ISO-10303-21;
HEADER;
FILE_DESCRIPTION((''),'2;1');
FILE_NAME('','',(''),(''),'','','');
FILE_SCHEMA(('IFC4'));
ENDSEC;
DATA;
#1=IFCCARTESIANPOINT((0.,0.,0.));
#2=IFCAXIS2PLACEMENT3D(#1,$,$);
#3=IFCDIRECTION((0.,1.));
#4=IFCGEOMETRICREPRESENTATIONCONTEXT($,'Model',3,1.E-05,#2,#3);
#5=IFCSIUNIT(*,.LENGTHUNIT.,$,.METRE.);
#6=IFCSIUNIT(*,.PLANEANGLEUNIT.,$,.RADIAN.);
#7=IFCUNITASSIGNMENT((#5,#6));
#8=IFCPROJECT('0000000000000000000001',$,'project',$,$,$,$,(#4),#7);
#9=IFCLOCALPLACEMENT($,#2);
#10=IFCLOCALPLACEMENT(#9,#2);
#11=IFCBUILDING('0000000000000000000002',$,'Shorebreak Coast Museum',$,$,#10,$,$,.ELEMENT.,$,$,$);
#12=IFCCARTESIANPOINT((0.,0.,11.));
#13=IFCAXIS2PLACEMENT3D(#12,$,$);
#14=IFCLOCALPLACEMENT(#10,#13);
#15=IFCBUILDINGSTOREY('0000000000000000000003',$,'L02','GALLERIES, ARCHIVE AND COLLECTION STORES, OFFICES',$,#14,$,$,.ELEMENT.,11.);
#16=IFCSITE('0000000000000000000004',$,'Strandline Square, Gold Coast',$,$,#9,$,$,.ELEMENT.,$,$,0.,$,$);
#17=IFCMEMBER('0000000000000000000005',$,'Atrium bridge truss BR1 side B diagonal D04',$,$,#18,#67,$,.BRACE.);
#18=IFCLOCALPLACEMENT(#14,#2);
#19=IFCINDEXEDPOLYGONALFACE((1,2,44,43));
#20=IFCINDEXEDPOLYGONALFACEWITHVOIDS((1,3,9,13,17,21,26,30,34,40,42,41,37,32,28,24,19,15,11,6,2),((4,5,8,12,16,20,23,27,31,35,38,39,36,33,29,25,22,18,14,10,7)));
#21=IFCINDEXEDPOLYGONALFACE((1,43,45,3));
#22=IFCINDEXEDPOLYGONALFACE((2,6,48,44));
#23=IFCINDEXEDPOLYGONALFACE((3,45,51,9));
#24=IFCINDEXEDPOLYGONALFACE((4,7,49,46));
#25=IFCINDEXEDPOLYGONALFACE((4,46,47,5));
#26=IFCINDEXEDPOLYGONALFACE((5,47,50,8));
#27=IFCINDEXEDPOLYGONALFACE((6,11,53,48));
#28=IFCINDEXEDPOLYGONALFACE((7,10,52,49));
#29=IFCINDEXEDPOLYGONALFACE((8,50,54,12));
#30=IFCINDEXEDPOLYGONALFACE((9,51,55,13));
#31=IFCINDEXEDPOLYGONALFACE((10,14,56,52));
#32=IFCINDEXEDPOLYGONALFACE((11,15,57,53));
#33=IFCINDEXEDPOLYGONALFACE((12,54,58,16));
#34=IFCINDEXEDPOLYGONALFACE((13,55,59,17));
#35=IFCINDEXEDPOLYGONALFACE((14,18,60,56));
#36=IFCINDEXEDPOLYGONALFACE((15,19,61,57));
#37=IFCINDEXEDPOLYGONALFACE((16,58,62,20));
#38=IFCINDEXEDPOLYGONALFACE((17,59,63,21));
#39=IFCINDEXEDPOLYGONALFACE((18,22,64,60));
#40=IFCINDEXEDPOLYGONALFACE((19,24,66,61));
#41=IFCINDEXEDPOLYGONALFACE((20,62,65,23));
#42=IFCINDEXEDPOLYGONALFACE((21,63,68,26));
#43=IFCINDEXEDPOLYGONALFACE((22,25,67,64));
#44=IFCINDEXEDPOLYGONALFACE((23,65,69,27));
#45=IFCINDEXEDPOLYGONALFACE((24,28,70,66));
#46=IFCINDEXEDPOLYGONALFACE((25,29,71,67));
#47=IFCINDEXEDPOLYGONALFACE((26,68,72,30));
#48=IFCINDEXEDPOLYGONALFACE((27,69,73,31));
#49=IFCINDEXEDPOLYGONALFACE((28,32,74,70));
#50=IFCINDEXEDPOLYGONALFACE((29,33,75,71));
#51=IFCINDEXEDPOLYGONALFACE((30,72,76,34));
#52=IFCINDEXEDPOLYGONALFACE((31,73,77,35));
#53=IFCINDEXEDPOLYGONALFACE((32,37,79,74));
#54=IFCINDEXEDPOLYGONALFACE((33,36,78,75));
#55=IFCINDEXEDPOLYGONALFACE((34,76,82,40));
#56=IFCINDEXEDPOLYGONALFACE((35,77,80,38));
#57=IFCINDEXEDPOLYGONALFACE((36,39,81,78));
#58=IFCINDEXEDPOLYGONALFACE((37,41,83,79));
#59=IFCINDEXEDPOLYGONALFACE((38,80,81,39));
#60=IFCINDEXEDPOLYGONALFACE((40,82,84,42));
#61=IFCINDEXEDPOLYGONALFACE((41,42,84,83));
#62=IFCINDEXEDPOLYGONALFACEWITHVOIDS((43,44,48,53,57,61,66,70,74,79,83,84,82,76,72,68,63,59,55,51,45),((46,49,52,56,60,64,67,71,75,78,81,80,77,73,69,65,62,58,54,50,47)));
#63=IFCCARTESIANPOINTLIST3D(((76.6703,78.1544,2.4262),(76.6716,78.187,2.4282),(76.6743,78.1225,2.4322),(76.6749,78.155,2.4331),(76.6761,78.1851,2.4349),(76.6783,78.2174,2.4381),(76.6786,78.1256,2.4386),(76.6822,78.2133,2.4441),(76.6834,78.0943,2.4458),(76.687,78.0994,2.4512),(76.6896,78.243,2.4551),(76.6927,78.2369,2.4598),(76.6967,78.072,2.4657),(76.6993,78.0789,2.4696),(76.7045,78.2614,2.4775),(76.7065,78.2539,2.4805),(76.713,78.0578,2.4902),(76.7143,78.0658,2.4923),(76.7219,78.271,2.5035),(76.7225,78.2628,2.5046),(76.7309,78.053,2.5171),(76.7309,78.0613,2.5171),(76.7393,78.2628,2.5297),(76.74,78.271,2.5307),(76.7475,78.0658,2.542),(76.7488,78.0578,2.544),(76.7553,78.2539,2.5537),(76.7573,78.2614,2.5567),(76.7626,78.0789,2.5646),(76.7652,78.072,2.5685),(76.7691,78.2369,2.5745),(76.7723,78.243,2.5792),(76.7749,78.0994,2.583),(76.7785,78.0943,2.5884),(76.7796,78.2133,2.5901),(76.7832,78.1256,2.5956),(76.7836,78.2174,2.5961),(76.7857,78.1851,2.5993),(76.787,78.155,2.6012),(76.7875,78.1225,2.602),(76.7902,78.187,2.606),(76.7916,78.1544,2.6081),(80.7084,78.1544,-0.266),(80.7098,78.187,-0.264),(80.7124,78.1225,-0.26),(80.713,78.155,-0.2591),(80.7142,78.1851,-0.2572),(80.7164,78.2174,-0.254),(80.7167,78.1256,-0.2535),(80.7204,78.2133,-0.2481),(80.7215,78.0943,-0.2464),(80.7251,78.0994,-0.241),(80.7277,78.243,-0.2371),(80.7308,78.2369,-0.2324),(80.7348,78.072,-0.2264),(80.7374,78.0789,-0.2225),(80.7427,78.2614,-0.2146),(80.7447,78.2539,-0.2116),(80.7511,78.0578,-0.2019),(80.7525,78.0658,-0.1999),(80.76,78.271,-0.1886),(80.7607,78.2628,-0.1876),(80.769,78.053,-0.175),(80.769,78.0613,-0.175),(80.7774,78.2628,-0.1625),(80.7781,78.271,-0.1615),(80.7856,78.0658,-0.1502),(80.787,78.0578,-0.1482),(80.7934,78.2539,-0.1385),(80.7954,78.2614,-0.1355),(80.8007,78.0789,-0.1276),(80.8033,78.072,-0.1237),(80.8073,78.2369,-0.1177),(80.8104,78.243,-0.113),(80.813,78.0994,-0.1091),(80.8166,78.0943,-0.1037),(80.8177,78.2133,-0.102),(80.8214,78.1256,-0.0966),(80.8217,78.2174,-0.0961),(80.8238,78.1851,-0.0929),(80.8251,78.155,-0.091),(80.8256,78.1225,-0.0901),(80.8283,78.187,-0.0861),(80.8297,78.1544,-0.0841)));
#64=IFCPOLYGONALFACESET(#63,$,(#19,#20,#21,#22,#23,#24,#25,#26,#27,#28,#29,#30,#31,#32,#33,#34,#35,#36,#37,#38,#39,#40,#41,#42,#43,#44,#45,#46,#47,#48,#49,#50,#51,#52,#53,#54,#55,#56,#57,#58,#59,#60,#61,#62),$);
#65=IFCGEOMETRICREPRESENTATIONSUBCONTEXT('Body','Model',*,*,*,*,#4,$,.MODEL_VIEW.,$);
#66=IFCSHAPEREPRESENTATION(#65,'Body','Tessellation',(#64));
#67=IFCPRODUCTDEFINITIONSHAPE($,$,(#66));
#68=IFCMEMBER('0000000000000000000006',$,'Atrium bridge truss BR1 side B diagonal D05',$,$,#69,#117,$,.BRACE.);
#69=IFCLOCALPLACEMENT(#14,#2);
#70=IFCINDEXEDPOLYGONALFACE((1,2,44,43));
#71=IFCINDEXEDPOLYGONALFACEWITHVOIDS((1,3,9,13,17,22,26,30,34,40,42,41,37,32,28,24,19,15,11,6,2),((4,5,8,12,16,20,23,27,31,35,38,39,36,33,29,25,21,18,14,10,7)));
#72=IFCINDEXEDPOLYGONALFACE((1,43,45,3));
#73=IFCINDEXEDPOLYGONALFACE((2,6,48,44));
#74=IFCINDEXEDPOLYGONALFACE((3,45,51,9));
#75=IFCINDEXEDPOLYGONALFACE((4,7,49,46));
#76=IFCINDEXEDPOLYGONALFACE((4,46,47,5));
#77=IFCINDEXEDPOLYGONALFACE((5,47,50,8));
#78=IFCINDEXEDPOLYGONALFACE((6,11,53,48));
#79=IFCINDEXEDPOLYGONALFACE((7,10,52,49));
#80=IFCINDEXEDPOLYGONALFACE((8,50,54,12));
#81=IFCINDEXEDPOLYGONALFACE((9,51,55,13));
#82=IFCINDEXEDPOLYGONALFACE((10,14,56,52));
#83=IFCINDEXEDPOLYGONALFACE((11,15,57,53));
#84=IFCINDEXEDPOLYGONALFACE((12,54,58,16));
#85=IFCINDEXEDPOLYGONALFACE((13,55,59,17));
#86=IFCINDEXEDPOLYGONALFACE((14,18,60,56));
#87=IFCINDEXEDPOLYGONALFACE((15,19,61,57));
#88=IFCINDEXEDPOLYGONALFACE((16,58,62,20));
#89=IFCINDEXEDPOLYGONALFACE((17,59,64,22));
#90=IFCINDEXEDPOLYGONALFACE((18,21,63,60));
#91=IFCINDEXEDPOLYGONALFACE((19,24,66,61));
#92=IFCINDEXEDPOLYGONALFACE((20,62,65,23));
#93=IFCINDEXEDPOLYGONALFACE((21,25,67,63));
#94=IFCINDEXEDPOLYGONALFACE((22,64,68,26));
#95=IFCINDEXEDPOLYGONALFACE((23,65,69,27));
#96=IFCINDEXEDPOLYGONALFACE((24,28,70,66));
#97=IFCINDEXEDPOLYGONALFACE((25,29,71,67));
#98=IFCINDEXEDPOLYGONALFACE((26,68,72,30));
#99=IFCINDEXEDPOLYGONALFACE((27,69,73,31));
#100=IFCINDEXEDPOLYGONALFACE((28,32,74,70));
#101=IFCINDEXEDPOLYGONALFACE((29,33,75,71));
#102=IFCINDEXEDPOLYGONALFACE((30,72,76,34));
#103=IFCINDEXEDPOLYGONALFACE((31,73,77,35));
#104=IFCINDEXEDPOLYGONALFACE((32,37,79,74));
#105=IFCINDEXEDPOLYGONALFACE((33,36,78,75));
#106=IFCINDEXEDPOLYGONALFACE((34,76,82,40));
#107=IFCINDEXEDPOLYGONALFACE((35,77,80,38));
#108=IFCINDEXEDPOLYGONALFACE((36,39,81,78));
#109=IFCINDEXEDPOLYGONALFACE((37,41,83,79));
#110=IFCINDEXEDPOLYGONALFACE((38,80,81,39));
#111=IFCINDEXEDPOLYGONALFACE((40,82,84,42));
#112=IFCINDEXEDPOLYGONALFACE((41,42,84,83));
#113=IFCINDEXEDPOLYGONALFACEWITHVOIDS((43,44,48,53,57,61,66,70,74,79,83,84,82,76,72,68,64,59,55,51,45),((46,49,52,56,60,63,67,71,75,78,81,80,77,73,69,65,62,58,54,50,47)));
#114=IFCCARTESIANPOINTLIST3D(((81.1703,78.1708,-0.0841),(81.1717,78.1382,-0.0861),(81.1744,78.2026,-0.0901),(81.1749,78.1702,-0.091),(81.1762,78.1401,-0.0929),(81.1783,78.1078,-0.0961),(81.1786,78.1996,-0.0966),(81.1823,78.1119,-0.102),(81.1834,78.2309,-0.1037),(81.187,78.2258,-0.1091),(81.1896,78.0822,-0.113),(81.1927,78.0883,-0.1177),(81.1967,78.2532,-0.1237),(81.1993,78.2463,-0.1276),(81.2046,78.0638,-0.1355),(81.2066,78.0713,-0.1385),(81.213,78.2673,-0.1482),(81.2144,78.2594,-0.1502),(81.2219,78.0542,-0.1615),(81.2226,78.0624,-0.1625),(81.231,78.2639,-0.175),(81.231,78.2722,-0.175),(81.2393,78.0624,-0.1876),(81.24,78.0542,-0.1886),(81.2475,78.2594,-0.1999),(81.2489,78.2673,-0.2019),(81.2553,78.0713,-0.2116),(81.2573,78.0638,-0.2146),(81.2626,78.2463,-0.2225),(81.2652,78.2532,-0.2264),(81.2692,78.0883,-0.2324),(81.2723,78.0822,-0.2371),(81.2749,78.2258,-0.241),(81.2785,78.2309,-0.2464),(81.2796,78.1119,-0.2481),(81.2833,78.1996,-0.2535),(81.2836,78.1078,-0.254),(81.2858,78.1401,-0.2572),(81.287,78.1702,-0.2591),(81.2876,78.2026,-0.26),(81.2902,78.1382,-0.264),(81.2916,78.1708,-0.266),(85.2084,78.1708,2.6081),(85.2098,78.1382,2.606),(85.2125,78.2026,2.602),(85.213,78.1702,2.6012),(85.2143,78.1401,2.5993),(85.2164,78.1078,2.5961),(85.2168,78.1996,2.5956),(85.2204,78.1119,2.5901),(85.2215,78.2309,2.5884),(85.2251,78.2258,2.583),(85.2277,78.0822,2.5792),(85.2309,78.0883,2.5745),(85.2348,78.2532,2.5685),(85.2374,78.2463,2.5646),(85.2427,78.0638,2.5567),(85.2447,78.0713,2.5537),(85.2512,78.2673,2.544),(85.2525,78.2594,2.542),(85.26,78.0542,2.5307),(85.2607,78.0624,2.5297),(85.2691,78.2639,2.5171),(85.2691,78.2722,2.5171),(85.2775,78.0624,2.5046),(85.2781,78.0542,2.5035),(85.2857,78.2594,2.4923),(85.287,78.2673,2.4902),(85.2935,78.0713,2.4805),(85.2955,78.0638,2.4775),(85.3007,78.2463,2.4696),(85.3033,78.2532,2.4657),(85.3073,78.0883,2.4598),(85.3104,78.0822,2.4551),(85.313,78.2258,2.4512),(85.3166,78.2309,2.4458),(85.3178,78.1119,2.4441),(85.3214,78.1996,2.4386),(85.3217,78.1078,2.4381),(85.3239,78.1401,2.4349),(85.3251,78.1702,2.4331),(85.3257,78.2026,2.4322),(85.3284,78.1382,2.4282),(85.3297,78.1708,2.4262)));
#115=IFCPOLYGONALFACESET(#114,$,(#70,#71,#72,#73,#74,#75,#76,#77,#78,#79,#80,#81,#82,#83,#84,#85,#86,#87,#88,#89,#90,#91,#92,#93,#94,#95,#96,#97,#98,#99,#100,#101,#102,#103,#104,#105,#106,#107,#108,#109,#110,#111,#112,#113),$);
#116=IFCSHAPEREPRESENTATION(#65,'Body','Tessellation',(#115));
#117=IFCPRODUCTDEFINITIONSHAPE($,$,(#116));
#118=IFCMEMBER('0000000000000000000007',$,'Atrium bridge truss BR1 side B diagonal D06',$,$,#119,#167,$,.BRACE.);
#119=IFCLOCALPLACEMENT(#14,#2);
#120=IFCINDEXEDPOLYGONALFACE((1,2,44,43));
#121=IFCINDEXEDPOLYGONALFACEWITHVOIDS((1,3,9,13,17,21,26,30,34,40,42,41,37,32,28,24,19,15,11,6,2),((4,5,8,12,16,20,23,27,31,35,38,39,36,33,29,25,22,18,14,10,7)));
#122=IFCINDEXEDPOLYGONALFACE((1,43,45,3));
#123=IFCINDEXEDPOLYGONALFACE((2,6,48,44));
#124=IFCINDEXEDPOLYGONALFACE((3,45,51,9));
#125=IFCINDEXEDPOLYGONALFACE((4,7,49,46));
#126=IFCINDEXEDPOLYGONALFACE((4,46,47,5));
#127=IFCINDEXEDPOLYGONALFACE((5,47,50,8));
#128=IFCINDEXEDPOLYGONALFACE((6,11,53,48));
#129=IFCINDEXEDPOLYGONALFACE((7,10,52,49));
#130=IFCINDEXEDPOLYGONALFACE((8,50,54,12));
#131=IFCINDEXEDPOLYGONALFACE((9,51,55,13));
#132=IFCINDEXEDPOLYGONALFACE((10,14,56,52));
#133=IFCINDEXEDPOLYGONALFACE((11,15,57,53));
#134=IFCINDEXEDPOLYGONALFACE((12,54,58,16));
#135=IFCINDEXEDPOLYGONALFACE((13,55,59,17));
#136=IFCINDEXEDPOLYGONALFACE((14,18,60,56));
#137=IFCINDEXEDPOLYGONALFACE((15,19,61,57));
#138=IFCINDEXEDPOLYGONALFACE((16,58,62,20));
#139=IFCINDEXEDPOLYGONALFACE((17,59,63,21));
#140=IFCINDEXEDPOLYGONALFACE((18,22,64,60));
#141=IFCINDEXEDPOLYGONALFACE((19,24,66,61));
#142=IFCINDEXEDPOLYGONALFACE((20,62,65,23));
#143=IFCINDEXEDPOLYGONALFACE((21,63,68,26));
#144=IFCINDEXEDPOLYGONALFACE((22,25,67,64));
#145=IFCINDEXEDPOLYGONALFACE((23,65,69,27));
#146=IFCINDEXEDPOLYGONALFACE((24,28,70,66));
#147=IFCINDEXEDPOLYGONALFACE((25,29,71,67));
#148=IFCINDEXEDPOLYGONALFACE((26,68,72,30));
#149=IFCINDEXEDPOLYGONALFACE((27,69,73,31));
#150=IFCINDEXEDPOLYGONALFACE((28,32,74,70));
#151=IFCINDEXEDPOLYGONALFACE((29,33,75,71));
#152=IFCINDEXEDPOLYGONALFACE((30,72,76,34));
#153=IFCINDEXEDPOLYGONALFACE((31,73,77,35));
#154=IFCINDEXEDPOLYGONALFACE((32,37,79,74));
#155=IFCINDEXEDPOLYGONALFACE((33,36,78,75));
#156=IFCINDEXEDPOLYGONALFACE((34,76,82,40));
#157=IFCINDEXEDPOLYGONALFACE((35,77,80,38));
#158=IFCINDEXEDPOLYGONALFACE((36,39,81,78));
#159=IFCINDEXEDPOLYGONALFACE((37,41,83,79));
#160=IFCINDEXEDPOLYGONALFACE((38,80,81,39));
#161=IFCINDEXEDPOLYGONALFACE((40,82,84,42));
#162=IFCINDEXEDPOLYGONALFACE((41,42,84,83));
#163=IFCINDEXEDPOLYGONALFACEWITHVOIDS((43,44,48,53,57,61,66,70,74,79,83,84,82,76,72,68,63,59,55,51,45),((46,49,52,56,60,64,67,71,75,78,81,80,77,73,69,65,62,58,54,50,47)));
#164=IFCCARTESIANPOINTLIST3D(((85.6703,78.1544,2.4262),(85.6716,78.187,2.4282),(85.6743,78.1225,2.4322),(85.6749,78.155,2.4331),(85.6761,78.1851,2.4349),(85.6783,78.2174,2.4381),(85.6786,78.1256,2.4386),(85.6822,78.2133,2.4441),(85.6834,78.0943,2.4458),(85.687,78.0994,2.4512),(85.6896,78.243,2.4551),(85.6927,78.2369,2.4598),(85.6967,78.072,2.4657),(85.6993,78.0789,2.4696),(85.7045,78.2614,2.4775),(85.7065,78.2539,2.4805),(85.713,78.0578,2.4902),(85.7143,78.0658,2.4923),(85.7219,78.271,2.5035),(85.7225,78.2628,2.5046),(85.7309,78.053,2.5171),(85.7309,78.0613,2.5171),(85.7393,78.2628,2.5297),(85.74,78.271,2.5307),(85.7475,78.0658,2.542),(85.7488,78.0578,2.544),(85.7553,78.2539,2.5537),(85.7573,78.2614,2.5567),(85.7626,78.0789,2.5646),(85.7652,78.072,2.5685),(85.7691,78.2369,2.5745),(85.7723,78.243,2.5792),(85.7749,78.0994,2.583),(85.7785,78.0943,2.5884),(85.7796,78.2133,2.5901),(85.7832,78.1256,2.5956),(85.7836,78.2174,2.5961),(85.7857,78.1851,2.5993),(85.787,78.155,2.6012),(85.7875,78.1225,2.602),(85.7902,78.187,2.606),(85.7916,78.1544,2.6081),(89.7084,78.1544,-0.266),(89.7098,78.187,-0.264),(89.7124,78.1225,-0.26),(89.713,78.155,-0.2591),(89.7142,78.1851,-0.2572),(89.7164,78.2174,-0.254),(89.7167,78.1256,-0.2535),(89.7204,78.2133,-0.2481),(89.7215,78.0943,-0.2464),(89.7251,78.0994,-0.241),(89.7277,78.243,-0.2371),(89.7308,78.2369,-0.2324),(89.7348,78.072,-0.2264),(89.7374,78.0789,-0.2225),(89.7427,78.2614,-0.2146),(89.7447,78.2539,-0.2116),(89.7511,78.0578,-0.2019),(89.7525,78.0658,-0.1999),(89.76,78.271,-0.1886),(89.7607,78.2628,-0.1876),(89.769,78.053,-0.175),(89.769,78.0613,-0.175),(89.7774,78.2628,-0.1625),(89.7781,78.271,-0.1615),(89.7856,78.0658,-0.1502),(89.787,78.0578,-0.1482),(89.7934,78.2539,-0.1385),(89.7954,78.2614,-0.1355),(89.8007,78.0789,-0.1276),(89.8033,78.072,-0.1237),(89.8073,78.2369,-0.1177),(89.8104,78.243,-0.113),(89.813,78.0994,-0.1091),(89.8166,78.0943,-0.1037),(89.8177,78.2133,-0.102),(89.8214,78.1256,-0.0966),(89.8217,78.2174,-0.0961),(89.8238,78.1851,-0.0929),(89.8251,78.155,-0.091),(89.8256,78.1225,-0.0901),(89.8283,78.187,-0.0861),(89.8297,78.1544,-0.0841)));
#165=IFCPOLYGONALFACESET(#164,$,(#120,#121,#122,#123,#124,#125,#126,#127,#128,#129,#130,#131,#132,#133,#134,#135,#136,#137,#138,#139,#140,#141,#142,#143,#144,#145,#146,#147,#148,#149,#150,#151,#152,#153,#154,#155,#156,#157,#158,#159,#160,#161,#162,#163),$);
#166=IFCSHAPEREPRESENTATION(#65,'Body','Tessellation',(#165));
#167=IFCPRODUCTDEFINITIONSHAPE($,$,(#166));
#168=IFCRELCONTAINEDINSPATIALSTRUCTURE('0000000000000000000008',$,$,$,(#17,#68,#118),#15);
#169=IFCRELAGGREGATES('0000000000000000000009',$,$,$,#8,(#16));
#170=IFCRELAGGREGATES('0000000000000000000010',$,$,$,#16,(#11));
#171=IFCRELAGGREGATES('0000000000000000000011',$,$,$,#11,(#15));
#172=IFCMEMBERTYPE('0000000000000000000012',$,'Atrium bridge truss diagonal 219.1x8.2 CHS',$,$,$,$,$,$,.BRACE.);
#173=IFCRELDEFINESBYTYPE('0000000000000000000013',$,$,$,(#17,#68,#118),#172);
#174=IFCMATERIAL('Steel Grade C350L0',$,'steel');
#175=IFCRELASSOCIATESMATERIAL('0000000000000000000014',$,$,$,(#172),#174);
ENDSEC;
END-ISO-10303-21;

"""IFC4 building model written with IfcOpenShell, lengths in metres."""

from ifc_helpers import new_model, si_unit, direction, frame, origin, origin_2d, place, context, subcontext, project, spatial, hollow_circle, extrude, material, material_profile, profile_set, type_object, element, save


model = new_model("IFC4")

# Units and contexts
model_context = context("Model", 3, precision=1e-05, world=origin(), true_north=direction((0.0, 1.0)))
body_context = subcontext(model_context, "Body", "Model", "MODEL_VIEW")
ifc_project = project(units=[si_unit("LENGTHUNIT", "METRE"), si_unit("PLANEANGLEUNIT", "RADIAN")], contexts=[model_context])

# Site, building, storey
site_placement = place(None, origin())
site = spatial("IfcSite", under=ifc_project, at=site_placement, Name="Strandline Square, Gold Coast", CompositionType="ELEMENT", RefElevation=0.0)
building_placement = place(site_placement, origin())
building = spatial("IfcBuilding", under=site, at=building_placement, Name="Shorebreak Coast Museum", CompositionType="ELEMENT")
storey_placement = place(building_placement, frame((0.0, 0.0, 11.0)))
storey = spatial("IfcBuildingStorey", under=building, at=storey_placement, Name="L02", Description="GALLERIES, ARCHIVE AND COLLECTION STORES, OFFICES", CompositionType="ELEMENT", Elevation=11.0)

# Members
ifc_material_1 = material(Name="Steel Grade C350L0", Category="steel")
ifc_material_profile_1 = material_profile(ifc_material_1, hollow_circle(Radius=0.1096, WallThickness=0.0083, at=origin_2d()), Name="219.1x8.2 CHS")
ifc_profile_set_1 = profile_set([ifc_material_profile_1], Name="Steel Grade C350L0")
member_type_1 = type_object("IfcMemberType", Name="Atrium bridge truss diagonal 219.1x8.2 CHS", PredefinedType="BRACE", material=ifc_profile_set_1)
for number, where, z_axis, x_axis, name in (
    (1, (80.769, 78.1626, -0.175), (-0.832043, 0.0, 0.554712), (0.0, -1.0, 0.0), "Atrium bridge truss BR1 side B diagonal D04"),
    (2, (81.231, 78.1626, -0.175), (0.832043, 0.0, 0.554712), (0.0, 1.0, 0.0), "Atrium bridge truss BR1 side B diagonal D05"),
    (3, (89.769, 78.1626, -0.175), (-0.832043, 0.0, 0.554712), (0.0, -1.0, 0.0), "Atrium bridge truss BR1 side B diagonal D06"),
):
    element("IfcMember", number, at=place(storey_placement, frame(where, z_axis=z_axis, x_axis=x_axis)), inside=storey, type_object=member_type_1, Name=name, PredefinedType="BRACE", context=body_context, shape_type="SweptSolid", body=[
        extrude(hollow_circle(Radius=0.1096, WallThickness=0.0083, at=origin_2d()), origin(), (0.0, 0.0, 1.0), 4.8533),
    ])

save(model, "model.ifc")
